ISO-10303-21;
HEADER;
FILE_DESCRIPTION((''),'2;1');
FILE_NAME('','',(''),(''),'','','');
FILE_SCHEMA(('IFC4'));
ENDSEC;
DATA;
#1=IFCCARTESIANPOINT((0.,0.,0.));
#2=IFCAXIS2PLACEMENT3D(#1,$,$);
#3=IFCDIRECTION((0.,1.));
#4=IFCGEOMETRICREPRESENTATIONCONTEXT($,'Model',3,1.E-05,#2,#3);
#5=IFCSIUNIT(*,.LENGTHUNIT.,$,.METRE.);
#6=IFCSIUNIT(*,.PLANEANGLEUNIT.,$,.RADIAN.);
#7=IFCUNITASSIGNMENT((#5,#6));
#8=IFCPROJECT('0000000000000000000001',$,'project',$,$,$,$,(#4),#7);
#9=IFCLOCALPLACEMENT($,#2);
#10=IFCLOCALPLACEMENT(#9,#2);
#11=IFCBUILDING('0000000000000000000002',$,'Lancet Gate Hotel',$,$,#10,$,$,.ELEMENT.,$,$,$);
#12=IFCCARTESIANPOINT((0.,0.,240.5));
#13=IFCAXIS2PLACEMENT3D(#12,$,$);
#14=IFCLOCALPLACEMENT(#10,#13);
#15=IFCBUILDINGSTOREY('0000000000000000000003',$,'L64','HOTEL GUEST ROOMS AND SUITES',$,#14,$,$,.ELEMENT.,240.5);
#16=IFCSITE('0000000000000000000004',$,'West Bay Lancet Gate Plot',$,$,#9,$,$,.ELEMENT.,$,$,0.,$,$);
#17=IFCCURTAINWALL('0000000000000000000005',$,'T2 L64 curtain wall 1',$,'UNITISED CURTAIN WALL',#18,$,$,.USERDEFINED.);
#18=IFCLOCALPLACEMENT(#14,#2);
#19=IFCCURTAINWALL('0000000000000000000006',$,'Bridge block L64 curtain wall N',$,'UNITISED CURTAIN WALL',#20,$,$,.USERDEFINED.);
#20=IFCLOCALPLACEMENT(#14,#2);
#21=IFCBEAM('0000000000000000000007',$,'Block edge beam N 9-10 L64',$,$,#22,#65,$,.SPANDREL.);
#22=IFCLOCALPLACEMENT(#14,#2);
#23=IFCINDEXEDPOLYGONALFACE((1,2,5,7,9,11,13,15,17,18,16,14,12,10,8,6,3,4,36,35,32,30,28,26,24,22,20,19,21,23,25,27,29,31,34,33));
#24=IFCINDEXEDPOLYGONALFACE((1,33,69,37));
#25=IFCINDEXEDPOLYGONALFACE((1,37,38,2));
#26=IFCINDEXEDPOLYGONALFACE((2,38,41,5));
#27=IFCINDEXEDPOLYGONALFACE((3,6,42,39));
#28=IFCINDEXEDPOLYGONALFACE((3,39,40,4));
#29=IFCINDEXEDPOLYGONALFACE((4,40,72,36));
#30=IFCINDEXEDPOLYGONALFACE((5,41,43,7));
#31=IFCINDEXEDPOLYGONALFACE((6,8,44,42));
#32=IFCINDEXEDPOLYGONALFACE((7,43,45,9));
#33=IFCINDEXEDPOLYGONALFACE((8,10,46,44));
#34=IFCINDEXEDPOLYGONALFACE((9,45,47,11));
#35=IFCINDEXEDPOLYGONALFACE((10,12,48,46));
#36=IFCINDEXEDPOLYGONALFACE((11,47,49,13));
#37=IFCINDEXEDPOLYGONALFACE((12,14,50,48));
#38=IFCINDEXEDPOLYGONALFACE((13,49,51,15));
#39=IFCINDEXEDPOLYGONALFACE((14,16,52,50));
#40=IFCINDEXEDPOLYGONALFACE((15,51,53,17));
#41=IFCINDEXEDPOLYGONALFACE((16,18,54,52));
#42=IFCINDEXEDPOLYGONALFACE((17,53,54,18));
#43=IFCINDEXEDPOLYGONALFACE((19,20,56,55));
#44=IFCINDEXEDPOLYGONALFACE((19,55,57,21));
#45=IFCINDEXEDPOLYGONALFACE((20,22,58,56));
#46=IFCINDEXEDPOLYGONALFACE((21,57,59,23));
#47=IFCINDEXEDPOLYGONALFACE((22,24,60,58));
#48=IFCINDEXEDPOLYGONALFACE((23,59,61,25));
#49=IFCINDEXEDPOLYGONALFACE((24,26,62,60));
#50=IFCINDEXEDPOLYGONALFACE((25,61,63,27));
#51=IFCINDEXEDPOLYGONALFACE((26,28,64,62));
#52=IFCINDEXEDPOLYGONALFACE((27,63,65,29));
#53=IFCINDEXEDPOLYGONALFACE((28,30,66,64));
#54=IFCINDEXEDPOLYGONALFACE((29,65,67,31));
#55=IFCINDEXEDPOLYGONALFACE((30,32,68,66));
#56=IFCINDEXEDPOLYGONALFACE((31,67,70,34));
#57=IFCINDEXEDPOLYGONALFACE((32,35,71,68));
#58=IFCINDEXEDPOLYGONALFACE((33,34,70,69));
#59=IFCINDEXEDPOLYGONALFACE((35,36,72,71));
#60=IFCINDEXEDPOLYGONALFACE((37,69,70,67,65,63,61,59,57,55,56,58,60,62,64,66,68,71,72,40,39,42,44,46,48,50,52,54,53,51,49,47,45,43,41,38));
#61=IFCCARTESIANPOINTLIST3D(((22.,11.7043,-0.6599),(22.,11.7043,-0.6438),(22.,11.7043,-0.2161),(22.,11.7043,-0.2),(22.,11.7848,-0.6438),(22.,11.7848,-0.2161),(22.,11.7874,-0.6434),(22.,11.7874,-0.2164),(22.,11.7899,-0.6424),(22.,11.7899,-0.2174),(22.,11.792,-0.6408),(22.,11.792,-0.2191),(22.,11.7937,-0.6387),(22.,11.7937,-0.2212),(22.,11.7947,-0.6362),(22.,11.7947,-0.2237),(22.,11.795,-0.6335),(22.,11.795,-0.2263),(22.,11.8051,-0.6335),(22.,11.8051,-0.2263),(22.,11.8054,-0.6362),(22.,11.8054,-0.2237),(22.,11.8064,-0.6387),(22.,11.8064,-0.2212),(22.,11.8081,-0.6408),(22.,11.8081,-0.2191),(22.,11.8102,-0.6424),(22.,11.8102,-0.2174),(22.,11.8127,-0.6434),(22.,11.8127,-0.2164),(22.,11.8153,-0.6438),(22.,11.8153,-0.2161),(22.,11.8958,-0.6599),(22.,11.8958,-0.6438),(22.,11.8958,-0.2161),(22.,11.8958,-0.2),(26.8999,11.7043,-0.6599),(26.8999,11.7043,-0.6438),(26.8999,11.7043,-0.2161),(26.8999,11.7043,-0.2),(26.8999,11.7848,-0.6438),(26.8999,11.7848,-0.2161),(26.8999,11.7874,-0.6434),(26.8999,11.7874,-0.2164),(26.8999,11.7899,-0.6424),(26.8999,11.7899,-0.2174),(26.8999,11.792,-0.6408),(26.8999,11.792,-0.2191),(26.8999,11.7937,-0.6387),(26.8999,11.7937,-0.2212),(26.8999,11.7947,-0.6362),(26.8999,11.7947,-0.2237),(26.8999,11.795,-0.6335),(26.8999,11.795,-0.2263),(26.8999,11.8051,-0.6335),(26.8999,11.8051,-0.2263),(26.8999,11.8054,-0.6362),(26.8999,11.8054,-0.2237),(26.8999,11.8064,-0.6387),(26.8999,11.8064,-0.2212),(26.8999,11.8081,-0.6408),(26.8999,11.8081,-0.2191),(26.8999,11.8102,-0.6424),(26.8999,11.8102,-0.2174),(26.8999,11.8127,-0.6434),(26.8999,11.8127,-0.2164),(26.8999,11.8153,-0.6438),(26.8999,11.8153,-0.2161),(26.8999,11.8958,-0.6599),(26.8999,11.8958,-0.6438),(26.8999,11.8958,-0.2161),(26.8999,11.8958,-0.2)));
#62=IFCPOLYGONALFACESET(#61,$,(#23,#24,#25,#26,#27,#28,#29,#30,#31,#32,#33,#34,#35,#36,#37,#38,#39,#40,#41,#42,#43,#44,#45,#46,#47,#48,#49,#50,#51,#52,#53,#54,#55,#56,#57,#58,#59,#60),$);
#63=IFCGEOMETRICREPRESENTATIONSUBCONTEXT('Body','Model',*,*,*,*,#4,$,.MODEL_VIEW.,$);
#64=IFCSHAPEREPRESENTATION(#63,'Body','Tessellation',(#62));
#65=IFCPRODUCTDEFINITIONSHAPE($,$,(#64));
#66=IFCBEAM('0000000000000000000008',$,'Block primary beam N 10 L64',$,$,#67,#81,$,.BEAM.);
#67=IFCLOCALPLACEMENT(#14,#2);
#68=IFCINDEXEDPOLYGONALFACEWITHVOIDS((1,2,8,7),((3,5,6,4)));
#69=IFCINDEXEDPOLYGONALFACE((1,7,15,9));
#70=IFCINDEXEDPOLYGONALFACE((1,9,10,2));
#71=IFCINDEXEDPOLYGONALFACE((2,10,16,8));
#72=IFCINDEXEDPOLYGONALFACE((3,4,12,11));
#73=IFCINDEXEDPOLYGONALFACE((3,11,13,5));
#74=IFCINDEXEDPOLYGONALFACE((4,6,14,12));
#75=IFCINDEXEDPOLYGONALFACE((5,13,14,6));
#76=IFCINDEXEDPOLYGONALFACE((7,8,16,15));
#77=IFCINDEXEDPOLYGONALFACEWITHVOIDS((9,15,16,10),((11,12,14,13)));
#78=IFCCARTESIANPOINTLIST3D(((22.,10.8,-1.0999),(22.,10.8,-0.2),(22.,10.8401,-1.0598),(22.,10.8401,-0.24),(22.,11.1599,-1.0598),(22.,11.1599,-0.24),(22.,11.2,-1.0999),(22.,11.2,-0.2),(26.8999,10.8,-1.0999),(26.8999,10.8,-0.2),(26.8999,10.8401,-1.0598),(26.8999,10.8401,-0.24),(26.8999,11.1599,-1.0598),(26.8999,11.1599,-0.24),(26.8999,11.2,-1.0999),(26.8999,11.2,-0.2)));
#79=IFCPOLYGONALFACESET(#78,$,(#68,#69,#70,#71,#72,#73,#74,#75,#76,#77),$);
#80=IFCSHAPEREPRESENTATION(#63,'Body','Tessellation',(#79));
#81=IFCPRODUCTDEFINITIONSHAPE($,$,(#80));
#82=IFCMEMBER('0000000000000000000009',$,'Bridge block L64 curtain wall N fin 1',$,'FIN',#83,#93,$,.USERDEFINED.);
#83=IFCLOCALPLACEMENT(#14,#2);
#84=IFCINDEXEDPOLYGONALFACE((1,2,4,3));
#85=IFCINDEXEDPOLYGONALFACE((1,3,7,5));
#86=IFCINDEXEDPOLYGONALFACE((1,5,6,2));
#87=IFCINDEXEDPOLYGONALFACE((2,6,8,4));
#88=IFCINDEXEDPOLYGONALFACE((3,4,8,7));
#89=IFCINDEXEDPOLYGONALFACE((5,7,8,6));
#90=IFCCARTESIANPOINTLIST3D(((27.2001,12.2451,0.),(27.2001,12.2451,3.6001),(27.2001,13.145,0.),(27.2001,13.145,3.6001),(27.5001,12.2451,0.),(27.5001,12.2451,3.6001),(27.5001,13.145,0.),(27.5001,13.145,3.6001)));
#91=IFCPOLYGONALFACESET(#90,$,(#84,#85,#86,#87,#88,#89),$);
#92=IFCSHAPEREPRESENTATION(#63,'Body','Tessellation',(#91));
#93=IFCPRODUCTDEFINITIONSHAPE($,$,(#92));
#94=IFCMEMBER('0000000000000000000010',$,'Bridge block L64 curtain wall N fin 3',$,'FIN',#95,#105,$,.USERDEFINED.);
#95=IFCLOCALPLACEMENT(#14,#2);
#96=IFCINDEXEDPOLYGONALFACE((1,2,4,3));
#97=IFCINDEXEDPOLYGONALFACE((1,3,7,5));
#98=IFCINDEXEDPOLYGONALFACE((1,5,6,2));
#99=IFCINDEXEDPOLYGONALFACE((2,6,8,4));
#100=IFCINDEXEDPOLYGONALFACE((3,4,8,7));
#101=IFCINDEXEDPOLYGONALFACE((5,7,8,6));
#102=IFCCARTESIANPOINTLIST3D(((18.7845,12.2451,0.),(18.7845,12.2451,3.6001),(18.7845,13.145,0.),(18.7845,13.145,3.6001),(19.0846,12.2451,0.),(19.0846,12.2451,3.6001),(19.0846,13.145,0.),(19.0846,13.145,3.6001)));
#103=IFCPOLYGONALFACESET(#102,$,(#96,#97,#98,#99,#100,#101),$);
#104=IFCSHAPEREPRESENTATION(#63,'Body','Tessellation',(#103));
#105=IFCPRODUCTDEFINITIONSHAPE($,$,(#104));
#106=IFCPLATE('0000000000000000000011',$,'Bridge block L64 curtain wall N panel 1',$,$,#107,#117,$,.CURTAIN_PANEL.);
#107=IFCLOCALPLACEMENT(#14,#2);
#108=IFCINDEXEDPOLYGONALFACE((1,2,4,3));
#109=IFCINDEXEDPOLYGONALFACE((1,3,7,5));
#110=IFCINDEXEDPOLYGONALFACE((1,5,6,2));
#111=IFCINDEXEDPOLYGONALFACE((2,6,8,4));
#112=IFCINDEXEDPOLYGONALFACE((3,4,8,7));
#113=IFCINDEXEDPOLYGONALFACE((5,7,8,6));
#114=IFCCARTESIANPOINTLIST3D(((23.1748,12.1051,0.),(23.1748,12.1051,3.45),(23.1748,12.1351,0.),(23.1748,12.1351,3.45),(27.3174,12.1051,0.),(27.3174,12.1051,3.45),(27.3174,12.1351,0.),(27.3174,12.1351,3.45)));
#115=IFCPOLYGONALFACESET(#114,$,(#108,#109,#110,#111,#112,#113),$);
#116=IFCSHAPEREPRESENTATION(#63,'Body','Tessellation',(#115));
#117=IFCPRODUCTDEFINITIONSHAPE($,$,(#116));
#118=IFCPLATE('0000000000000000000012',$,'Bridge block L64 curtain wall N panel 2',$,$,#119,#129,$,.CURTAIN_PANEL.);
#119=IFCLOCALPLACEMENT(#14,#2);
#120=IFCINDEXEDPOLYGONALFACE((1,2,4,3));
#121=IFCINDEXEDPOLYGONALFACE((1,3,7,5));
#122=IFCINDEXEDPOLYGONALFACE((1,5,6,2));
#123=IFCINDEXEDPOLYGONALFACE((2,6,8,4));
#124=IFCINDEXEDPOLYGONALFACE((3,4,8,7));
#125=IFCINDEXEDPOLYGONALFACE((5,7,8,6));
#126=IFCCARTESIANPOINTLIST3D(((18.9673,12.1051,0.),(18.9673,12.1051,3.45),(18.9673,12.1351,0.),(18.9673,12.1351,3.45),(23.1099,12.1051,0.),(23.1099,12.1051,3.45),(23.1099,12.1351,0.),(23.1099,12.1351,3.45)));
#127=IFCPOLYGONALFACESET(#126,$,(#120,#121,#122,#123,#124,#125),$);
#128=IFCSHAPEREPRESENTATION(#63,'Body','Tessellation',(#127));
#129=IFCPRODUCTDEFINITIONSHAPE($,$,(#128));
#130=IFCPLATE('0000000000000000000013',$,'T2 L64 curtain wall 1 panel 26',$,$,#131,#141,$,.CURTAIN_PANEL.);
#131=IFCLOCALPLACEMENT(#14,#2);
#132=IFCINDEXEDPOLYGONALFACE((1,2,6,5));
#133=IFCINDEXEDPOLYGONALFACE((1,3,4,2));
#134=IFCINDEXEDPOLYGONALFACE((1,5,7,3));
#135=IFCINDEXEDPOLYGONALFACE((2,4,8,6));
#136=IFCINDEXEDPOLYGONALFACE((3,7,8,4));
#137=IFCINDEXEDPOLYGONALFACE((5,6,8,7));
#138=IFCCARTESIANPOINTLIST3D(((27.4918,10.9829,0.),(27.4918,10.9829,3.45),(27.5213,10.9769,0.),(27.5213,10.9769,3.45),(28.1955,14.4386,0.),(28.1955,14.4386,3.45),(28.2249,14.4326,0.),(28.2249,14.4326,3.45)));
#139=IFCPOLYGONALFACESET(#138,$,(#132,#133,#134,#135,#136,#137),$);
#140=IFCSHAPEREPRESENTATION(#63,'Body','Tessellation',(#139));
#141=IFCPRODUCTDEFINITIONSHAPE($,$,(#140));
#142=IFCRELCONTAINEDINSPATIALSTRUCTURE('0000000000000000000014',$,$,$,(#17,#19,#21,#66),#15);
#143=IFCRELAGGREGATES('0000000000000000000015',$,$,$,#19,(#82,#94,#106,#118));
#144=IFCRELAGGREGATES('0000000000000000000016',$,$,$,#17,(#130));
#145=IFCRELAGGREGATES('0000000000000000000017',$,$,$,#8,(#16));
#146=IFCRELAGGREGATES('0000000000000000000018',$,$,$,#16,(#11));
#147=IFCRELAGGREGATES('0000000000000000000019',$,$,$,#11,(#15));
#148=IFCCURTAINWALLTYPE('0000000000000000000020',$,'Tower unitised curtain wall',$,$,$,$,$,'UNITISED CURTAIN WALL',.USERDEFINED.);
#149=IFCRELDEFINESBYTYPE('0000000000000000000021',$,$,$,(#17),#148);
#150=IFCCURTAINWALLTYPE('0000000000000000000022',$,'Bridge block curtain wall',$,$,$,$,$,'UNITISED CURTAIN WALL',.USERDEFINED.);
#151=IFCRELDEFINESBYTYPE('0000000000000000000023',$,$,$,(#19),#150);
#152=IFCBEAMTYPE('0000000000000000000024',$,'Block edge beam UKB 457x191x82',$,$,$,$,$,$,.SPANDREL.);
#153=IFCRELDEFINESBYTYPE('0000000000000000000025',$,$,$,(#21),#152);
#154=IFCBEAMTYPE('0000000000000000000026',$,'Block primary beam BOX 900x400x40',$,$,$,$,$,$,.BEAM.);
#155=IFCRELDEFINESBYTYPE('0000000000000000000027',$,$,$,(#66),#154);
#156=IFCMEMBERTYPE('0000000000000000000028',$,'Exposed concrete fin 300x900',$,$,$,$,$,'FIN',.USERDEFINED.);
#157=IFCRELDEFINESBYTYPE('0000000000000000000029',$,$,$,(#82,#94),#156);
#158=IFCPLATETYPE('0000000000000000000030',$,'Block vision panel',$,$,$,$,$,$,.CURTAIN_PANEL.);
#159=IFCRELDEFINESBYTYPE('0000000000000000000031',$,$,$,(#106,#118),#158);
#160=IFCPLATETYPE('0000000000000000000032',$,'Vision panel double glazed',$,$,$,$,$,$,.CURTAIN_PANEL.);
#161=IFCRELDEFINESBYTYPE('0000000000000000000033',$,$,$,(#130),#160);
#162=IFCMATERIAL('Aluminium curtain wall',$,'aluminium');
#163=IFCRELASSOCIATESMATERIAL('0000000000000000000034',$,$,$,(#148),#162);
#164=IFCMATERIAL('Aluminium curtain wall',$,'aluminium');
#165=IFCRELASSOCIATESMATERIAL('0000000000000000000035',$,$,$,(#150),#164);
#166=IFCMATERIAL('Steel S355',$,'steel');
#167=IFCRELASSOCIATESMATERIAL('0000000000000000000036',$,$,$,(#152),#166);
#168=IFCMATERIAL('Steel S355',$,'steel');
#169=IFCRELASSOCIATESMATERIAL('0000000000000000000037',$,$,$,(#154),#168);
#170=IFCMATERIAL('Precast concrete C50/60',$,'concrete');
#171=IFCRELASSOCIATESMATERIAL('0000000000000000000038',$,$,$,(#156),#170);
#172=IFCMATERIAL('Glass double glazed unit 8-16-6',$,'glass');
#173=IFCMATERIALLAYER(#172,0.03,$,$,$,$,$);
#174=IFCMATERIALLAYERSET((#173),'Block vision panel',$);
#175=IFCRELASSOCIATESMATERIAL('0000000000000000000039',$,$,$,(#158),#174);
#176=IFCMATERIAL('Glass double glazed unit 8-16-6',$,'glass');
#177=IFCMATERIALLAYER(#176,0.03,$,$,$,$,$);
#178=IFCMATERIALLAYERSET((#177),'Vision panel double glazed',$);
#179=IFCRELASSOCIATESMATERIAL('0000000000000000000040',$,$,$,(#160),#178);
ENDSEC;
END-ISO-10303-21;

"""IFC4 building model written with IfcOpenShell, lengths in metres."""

from ifc_helpers import new_model, si_unit, direction, frame, origin, origin_2d, place, context, subcontext, project, spatial, rectangle, hollow_rectangle, i_section, extrude, material, layer, layer_set, material_profile, profile_set, type_object, element, aggregate, save


model = new_model("IFC4")

# Units and contexts
model_context = context("Model", 3, precision=1e-05, world=origin(), true_north=direction((0.0, 1.0)))
body_context = subcontext(model_context, "Body", "Model", "MODEL_VIEW")
ifc_project = project(units=[si_unit("LENGTHUNIT", "METRE"), si_unit("PLANEANGLEUNIT", "RADIAN")], contexts=[model_context])

# Site, building, storey
site_placement = place(None, origin())
site = spatial("IfcSite", under=ifc_project, at=site_placement, Name="West Bay Lancet Gate Plot", CompositionType="ELEMENT", RefElevation=0.0)
building_placement = place(site_placement, origin())
building = spatial("IfcBuilding", under=site, at=building_placement, Name="Lancet Gate Hotel", CompositionType="ELEMENT")
storey_placement = place(building_placement, frame((0.0, 0.0, 240.5)))
storey = spatial("IfcBuildingStorey", under=building, at=storey_placement, Name="L64", Description="HOTEL GUEST ROOMS AND SUITES", CompositionType="ELEMENT", Elevation=240.5)

# Curtain walls
ifc_material_1 = material(Name="Aluminium curtain wall", Category="aluminium")
curtain_wall_type_1 = type_object("IfcCurtainWallType", Name="Tower unitised curtain wall", ElementType="UNITISED CURTAIN WALL", PredefinedType="USERDEFINED", material=ifc_material_1)
curtain_wall_1_placement = place(storey_placement, origin())
curtain_wall_1 = element("IfcCurtainWall", 1, at=curtain_wall_1_placement, inside=storey, type_object=curtain_wall_type_1, Name="T2 L64 curtain wall 1", ObjectType="UNITISED CURTAIN WALL", PredefinedType="USERDEFINED")
ifc_material_2 = material(Name="Aluminium curtain wall", Category="aluminium")
curtain_wall_type_2 = type_object("IfcCurtainWallType", Name="Bridge block curtain wall", ElementType="UNITISED CURTAIN WALL", PredefinedType="USERDEFINED", material=ifc_material_2)
curtain_wall_2_placement = place(storey_placement, origin())
curtain_wall_2 = element("IfcCurtainWall", 2, at=curtain_wall_2_placement, inside=storey, type_object=curtain_wall_type_2, Name="Bridge block L64 curtain wall N", ObjectType="UNITISED CURTAIN WALL", PredefinedType="USERDEFINED")

# Beams
ifc_material_3 = material(Name="Steel S355", Category="steel")
ifc_material_profile_1 = material_profile(ifc_material_3, i_section(OverallWidth=0.1914, OverallDepth=0.46, WebThickness=0.01, FlangeThickness=0.0161, FilletRadius=0.0103, at=origin_2d()), Name="UKB 457x191x82")
ifc_profile_set_1 = profile_set([ifc_material_profile_1], Name="Steel S355")
beam_type_1 = type_object("IfcBeamType", Name="Block edge beam UKB 457x191x82", PredefinedType="SPANDREL", material=ifc_profile_set_1)
beam_1_placement = place(storey_placement, frame((22.0, 11.8, -0.4299), z_axis=(1.0, 0.0, 0.0), x_axis=(0.0, 1.0, 0.0)))
element("IfcBeam", 3, at=beam_1_placement, inside=storey, type_object=beam_type_1, Name="Block edge beam N 9-10 L64", PredefinedType="SPANDREL", context=body_context, shape_type="SweptSolid", body=[
    extrude(i_section(OverallWidth=0.1914, OverallDepth=0.46, WebThickness=0.01, FlangeThickness=0.0161, FilletRadius=0.0103, at=origin_2d()), origin(), (0.0, 0.0, 1.0), 4.8999),
])
ifc_material_4 = material(Name="Steel S355", Category="steel")
ifc_material_profile_2 = material_profile(ifc_material_4, hollow_rectangle(XDim=0.3999, YDim=0.8999, WallThickness=0.04, at=origin_2d()), Name="BOX 900x400x40")
ifc_profile_set_2 = profile_set([ifc_material_profile_2], Name="Steel S355")
beam_type_2 = type_object("IfcBeamType", Name="Block primary beam BOX 900x400x40", PredefinedType="BEAM", material=ifc_profile_set_2)
beam_2_placement = place(storey_placement, frame((22.0, 11.0, -0.6499), z_axis=(1.0, 0.0, 0.0), x_axis=(0.0, 1.0, 0.0)))
element("IfcBeam", 4, at=beam_2_placement, inside=storey, type_object=beam_type_2, Name="Block primary beam N 10 L64", PredefinedType="BEAM", context=body_context, shape_type="SweptSolid", body=[
    extrude(hollow_rectangle(XDim=0.3999, YDim=0.8999, WallThickness=0.04, at=origin_2d()), origin(), (0.0, 0.0, 1.0), 4.8999),
])

# Members
ifc_material_5 = material(Name="Precast concrete C50/60", Category="concrete")
ifc_material_profile_3 = material_profile(ifc_material_5, rectangle(XDim=0.3, YDim=0.8999, at=origin_2d()), Name="FIN 300x900")
ifc_profile_set_3 = profile_set([ifc_material_profile_3], Name="Precast concrete C50/60")
member_type_1 = type_object("IfcMemberType", Name="Exposed concrete fin 300x900", ElementType="FIN", PredefinedType="USERDEFINED", material=ifc_profile_set_3)
member_1_placement = place(storey_placement, frame((27.3501, 12.6951, 0.0), z_axis=(0.0, 0.0, 1.0), x_axis=(-1.0, 0.0, 0.0)))
member_1 = element("IfcMember", 5, at=member_1_placement, type_object=member_type_1, Name="Bridge block L64 curtain wall N fin 1", ObjectType="FIN", PredefinedType="USERDEFINED", context=body_context, shape_type="SweptSolid", body=[
    extrude(rectangle(XDim=0.3, YDim=0.8999, at=origin_2d()), origin(), (0.0, 0.0, 1.0), 3.6001),
])
member_2_placement = place(storey_placement, frame((18.9346, 12.6951, 0.0), z_axis=(0.0, 0.0, 1.0), x_axis=(-1.0, 0.0, 0.0)))
member_2 = element("IfcMember", 6, at=member_2_placement, type_object=member_type_1, Name="Bridge block L64 curtain wall N fin 3", ObjectType="FIN", PredefinedType="USERDEFINED", context=body_context, shape_type="SweptSolid", body=[
    extrude(rectangle(XDim=0.3, YDim=0.8999, at=origin_2d()), origin(), (0.0, 0.0, 1.0), 3.6001),
])

# Plates
ifc_material_6 = material(Name="Glass double glazed unit 8-16-6", Category="glass")
ifc_layer_1 = layer(ifc_material_6, 0.03)
ifc_layer_set_1 = layer_set([ifc_layer_1], Name="Block vision panel")
plate_type_1 = type_object("IfcPlateType", Name="Block vision panel", PredefinedType="CURTAIN_PANEL", material=ifc_layer_set_1)
plate_1_placement = place(storey_placement, frame((25.2461, 12.1201, 0.0), z_axis=(0.0, 0.0, 1.0), x_axis=(-1.0, 0.0, 0.0)))
plate_1 = element("IfcPlate", 7, at=plate_1_placement, type_object=plate_type_1, Name="Bridge block L64 curtain wall N panel 1", PredefinedType="CURTAIN_PANEL", context=body_context, shape_type="SweptSolid", body=[
    extrude(rectangle(XDim=4.1426, YDim=0.03, at=origin_2d()), origin(), (0.0, 0.0, 1.0), 3.45),
])
plate_2_placement = place(storey_placement, frame((21.0386, 12.1201, 0.0), z_axis=(0.0, 0.0, 1.0), x_axis=(-1.0, 0.0, 0.0)))
plate_2 = element("IfcPlate", 8, at=plate_2_placement, type_object=plate_type_1, Name="Bridge block L64 curtain wall N panel 2", PredefinedType="CURTAIN_PANEL", context=body_context, shape_type="SweptSolid", body=[
    extrude(rectangle(XDim=4.1426, YDim=0.03, at=origin_2d()), origin(), (0.0, 0.0, 1.0), 3.45),
])
aggregate(curtain_wall_2, [member_1, member_2, plate_1, plate_2])
ifc_material_7 = material(Name="Glass double glazed unit 8-16-6", Category="glass")
ifc_layer_2 = layer(ifc_material_7, 0.03)
ifc_layer_set_2 = layer_set([ifc_layer_2], Name="Vision panel double glazed")
plate_type_2 = type_object("IfcPlateType", Name="Vision panel double glazed", PredefinedType="CURTAIN_PANEL", material=ifc_layer_set_2)
plate_3_placement = place(storey_placement, frame((27.8584, 12.7078, 0.0), z_axis=(0.0, 0.0, 1.0), x_axis=(-0.199533, -0.979891, 0.0)))
plate_3 = element("IfcPlate", 9, at=plate_3_placement, type_object=plate_type_2, Name="T2 L64 curtain wall 1 panel 26", PredefinedType="CURTAIN_PANEL", context=body_context, shape_type="SweptSolid", body=[
    extrude(rectangle(XDim=3.5266, YDim=0.03, at=origin_2d()), origin(), (0.0, 0.0, 1.0), 3.45),
])
aggregate(curtain_wall_1, [plate_3])

save(model, "model.ifc")
